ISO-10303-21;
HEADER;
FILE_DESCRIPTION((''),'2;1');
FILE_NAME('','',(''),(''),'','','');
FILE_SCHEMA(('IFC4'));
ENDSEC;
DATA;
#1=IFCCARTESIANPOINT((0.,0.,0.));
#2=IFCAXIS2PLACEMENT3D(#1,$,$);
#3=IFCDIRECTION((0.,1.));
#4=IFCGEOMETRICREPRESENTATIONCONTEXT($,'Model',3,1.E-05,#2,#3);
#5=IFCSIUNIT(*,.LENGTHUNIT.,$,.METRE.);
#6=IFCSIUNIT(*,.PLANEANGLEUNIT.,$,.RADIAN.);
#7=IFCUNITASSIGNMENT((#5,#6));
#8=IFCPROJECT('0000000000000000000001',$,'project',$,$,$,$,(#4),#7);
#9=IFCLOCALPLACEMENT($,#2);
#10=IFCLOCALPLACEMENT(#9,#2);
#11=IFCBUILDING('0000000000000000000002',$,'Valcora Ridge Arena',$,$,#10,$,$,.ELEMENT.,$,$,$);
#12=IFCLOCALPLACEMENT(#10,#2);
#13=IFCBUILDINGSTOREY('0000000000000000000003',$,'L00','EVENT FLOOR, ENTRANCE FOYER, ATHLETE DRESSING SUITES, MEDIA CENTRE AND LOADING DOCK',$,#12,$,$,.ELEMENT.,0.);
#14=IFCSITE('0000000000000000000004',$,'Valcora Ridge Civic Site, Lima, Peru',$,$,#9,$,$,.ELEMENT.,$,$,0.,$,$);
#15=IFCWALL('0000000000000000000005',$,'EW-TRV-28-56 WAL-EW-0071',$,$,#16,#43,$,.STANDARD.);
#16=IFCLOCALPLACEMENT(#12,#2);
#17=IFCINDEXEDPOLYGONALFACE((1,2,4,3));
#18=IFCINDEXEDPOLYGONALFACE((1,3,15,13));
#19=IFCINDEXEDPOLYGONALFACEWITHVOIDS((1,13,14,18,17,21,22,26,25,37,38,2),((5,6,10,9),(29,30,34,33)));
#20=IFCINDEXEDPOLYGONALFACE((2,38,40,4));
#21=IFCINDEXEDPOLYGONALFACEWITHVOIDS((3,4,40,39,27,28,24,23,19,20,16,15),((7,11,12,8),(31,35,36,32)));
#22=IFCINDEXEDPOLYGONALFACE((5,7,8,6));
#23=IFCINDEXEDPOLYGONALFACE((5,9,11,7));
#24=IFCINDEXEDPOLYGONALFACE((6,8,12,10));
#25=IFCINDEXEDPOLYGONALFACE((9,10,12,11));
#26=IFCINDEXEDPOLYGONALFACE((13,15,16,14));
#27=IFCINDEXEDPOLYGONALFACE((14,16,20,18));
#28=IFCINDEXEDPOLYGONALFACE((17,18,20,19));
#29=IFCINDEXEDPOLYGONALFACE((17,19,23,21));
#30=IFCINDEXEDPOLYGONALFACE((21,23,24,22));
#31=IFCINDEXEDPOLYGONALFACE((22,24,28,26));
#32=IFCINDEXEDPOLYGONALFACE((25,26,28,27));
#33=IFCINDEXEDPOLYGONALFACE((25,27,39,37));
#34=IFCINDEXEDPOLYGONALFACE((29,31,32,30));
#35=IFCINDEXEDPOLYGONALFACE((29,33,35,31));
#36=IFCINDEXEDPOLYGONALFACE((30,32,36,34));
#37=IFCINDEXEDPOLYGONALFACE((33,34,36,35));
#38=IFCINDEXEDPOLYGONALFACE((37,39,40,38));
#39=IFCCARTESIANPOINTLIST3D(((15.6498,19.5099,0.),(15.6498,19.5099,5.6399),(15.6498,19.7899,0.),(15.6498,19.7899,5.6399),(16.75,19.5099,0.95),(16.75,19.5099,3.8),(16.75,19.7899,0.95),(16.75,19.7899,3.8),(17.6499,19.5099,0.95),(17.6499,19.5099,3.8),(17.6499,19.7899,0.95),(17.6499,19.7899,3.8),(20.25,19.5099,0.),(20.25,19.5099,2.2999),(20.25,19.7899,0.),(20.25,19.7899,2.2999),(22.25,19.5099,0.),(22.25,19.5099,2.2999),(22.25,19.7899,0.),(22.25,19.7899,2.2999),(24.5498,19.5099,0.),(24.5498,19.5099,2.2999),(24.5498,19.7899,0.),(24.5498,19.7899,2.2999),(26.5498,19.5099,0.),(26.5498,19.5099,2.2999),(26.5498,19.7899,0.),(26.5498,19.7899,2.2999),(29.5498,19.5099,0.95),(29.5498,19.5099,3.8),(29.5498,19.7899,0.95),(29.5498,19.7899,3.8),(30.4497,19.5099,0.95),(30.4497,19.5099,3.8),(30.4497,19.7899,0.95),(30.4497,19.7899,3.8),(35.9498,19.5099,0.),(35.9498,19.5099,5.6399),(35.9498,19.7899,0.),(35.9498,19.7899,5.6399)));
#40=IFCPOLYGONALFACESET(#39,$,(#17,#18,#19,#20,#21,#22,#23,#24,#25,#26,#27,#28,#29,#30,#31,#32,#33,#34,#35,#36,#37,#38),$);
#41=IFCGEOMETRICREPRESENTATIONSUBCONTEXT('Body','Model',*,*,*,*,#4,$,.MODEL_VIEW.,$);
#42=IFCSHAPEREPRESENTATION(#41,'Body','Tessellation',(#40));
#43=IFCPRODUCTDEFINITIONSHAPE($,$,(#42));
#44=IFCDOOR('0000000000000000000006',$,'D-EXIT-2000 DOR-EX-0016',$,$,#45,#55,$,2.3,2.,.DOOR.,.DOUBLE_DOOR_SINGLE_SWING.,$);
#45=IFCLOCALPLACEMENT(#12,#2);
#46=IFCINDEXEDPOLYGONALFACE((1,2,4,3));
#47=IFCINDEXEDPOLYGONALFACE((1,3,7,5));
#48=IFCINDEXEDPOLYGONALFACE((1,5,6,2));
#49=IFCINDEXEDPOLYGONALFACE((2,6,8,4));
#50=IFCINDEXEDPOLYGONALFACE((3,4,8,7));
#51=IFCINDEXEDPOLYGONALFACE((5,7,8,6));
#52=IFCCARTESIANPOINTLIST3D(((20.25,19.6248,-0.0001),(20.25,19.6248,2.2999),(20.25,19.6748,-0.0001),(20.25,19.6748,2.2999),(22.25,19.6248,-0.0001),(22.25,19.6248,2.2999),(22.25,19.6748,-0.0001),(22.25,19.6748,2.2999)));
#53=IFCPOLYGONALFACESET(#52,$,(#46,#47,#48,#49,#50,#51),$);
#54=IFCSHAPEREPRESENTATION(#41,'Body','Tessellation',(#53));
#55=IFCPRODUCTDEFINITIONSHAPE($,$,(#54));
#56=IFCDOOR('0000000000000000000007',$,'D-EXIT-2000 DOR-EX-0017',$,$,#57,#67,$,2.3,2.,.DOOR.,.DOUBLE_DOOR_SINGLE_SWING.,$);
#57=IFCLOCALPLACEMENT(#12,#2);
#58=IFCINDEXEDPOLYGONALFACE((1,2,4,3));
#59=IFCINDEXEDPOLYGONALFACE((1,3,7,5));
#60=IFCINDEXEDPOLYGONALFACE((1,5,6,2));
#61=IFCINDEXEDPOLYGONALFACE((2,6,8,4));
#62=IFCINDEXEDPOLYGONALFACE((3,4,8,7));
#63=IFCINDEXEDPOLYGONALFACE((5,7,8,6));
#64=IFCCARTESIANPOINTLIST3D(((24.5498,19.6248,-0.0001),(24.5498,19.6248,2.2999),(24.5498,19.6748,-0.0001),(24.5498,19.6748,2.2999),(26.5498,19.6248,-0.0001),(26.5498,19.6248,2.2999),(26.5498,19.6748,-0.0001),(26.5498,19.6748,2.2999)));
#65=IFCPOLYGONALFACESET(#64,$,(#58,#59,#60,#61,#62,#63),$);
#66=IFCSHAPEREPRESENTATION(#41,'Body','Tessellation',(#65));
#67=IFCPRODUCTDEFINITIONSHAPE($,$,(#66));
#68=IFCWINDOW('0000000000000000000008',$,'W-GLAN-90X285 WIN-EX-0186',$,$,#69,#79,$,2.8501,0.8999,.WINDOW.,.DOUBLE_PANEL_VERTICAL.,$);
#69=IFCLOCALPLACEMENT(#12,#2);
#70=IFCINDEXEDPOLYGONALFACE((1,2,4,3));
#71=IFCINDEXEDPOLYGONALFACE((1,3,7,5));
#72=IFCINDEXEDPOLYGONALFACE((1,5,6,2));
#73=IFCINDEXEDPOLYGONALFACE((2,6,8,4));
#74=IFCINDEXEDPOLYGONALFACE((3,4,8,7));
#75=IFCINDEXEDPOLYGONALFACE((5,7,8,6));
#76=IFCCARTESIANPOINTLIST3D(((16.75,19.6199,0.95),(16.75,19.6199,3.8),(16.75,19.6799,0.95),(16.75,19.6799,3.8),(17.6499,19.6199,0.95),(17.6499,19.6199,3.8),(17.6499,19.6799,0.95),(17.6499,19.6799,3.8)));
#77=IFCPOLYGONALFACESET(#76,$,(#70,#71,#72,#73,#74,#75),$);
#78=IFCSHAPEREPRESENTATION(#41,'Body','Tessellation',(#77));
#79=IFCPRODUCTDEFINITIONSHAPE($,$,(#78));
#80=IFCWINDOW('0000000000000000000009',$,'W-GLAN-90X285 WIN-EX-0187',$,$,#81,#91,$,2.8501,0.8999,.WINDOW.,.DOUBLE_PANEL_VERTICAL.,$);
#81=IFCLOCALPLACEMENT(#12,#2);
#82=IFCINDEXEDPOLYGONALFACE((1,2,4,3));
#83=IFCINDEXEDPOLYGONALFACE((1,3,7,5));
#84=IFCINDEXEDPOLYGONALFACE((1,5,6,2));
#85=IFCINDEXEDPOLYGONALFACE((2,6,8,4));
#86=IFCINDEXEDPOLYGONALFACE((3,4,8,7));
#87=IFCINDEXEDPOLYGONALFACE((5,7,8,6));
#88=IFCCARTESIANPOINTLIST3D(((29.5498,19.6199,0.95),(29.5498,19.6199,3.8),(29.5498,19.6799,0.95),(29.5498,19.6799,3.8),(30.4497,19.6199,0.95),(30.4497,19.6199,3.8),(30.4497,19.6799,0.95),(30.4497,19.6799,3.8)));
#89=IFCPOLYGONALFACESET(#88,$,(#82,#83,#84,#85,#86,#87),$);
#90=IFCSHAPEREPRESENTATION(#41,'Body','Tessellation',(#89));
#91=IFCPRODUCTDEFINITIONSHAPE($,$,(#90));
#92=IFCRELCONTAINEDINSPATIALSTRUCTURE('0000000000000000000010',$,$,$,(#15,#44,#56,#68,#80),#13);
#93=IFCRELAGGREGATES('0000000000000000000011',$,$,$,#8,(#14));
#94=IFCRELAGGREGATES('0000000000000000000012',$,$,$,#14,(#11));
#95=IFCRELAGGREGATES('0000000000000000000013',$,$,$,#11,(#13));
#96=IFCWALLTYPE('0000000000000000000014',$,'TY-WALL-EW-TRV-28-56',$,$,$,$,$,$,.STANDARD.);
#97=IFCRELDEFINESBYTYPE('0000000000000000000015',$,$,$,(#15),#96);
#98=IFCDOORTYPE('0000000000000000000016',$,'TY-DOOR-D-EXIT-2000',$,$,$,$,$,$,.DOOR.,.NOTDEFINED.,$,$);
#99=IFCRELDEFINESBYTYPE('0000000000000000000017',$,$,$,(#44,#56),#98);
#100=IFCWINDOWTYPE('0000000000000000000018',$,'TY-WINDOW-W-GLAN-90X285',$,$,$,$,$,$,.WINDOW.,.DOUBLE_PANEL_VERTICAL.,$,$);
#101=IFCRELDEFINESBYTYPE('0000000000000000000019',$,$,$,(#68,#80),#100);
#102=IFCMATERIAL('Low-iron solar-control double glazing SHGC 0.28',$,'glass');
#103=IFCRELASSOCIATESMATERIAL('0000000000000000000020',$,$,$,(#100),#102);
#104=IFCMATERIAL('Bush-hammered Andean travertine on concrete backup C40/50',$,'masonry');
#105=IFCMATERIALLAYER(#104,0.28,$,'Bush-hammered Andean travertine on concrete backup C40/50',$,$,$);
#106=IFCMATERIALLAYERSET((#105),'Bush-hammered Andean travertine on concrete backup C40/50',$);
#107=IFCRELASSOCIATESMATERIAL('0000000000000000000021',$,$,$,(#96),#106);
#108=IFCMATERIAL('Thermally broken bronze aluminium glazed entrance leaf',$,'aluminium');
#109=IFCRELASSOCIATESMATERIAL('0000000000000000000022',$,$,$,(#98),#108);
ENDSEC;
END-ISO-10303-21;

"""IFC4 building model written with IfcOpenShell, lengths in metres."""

from ifc_helpers import new_model, si_unit, direction, frame, frame_2d, origin, place, context, subcontext, project, spatial, rectangle, extrude, material, layer, layer_set, type_object, element, fill, save


model = new_model("IFC4")

# Units and contexts
model_context = context("Model", 3, precision=1e-05, world=origin(), true_north=direction((0.0, 1.0)))
body_context = subcontext(model_context, "Body", "Model", "MODEL_VIEW")
ifc_project = project(units=[si_unit("LENGTHUNIT", "METRE"), si_unit("PLANEANGLEUNIT", "RADIAN")], contexts=[model_context])

# Site, building, storey
site_placement = place(None, origin())
site = spatial("IfcSite", under=ifc_project, at=site_placement, Name="Valcora Ridge Civic Site, Lima, Peru", CompositionType="ELEMENT", RefElevation=0.0)
building_placement = place(site_placement, origin())
building = spatial("IfcBuilding", under=site, at=building_placement, Name="Valcora Ridge Arena", CompositionType="ELEMENT")
storey_placement = place(building_placement, origin())
storey = spatial("IfcBuildingStorey", under=building, at=storey_placement, Name="L00", Description="EVENT FLOOR, ENTRANCE FOYER, ATHLETE DRESSING SUITES, MEDIA CENTRE AND LOADING DOCK", CompositionType="ELEMENT", Elevation=0.0)

# Shared definitions
ifc_material_1 = material(Name="Bush-hammered Andean travertine on concrete backup C40/50", Category="masonry")
ifc_material_2 = material(Name="Low-iron solar-control double glazing SHGC 0.28", Category="glass")
window_type = type_object("IfcWindowType", Name="TY-WINDOW-W-GLAN-90X285", PartitioningType="DOUBLE_PANEL_VERTICAL", PredefinedType="WINDOW", material=ifc_material_2)

# Wall, openings, doors, windows
ifc_layer_1 = layer(ifc_material_1, 0.28, Name="Bush-hammered Andean travertine on concrete backup C40/50")
ifc_layer_set_1 = layer_set([ifc_layer_1], Name="Bush-hammered Andean travertine on concrete backup C40/50")
wall_type_1 = type_object("IfcWallType", Name="TY-WALL-EW-TRV-28-56", PredefinedType="STANDARD", material=ifc_layer_set_1)
wall_1_placement = place(storey_placement, frame((15.6499, 19.6499, 0.0), z_axis=(0.0, 0.0, 1.0), x_axis=(1.0, 0.0, 0.0)))
wall_1 = element("IfcWall", 1, at=wall_1_placement, inside=storey, type_object=wall_type_1, Name="EW-TRV-28-56 WAL-EW-0071", PredefinedType="STANDARD", context=body_context, shape_type="SweptSolid", body=[
    extrude(rectangle(XDim=20.3, YDim=0.28, at=frame_2d((10.1499, 0.0))), origin(), (0.0, 0.0, 1.0), 5.6399),
])
opening_1_placement = place(wall_1_placement, frame((4.6001, 0.0, 0.0)))
opening_1 = element("IfcOpeningElement", 2, at=opening_1_placement, cuts=wall_1, PredefinedType="OPENING", context=body_context, shape_type="SweptSolid", body=[
    extrude(rectangle(XDim=2.0, YDim=2.3, at=frame_2d((1.0, 1.1499))), frame((0.0, 0.1499, 0.0), z_axis=(0.0, -1.0, 0.0), x_axis=(1.0, 0.0, 0.0)), (0.0, 0.0, 1.0), 0.3),
])
opening_2_placement = place(wall_1_placement, frame((8.8999, 0.0, 0.0)))
opening_2 = element("IfcOpeningElement", 3, at=opening_2_placement, cuts=wall_1, PredefinedType="OPENING", context=body_context, shape_type="SweptSolid", body=[
    extrude(rectangle(XDim=2.0, YDim=2.3, at=frame_2d((1.0, 1.1499))), frame((0.0, 0.1499, 0.0), z_axis=(0.0, -1.0, 0.0), x_axis=(1.0, 0.0, 0.0)), (0.0, 0.0, 1.0), 0.3),
])
opening_3_placement = place(wall_1_placement, frame((1.1001, 0.0, 0.95)))
opening_3 = element("IfcOpeningElement", 4, at=opening_3_placement, cuts=wall_1, PredefinedType="OPENING", context=body_context, shape_type="SweptSolid", body=[
    extrude(rectangle(XDim=0.8999, YDim=2.8501, at=frame_2d((0.45, 1.425))), frame((0.0, 0.1499, 0.0), z_axis=(0.0, -1.0, 0.0), x_axis=(1.0, 0.0, 0.0)), (0.0, 0.0, 1.0), 0.3),
])
opening_4_placement = place(wall_1_placement, frame((13.8999, 0.0, 0.95)))
opening_4 = element("IfcOpeningElement", 5, at=opening_4_placement, cuts=wall_1, PredefinedType="OPENING", context=body_context, shape_type="SweptSolid", body=[
    extrude(rectangle(XDim=0.8999, YDim=2.8501, at=frame_2d((0.45, 1.425))), frame((0.0, 0.1499, 0.0), z_axis=(0.0, -1.0, 0.0), x_axis=(1.0, 0.0, 0.0)), (0.0, 0.0, 1.0), 0.3),
])
ifc_material_3 = material(Name="Thermally broken bronze aluminium glazed entrance leaf", Category="aluminium")
door_type = type_object("IfcDoorType", Name="TY-DOOR-D-EXIT-2000", OperationType="NOTDEFINED", PredefinedType="DOOR", material=ifc_material_3)
door_1_placement = place(opening_1_placement, origin())
door_1 = element("IfcDoor", 6, at=door_1_placement, inside=storey, type_object=door_type, Name="D-EXIT-2000 DOR-EX-0016", OperationType="DOUBLE_DOOR_SINGLE_SWING", OverallHeight=2.3, OverallWidth=2.0, PredefinedType="DOOR", context=body_context, shape_type="SweptSolid", body=[
    extrude(rectangle(XDim=2.0, YDim=2.3, at=frame_2d((1.0, 1.1499))), frame((0.0, 0.0249, 0.0), z_axis=(0.0, -1.0, 0.0), x_axis=(1.0, 0.0, 0.0)), (0.0, 0.0, 1.0), 0.05),
])
fill(opening_1, door_1)
door_2_placement = place(opening_2_placement, origin())
door_2 = element("IfcDoor", 7, at=door_2_placement, inside=storey, type_object=door_type, Name="D-EXIT-2000 DOR-EX-0017", OperationType="DOUBLE_DOOR_SINGLE_SWING", OverallHeight=2.3, OverallWidth=2.0, PredefinedType="DOOR", context=body_context, shape_type="SweptSolid", body=[
    extrude(rectangle(XDim=2.0, YDim=2.3, at=frame_2d((1.0, 1.1499))), frame((0.0, 0.0249, 0.0), z_axis=(0.0, -1.0, 0.0), x_axis=(1.0, 0.0, 0.0)), (0.0, 0.0, 1.0), 0.05),
])
fill(opening_2, door_2)
window_1_placement = place(opening_3_placement, origin())
window_1 = element("IfcWindow", 8, at=window_1_placement, inside=storey, type_object=window_type, Name="W-GLAN-90X285 WIN-EX-0186", OverallHeight=2.8501, OverallWidth=0.8999, PartitioningType="DOUBLE_PANEL_VERTICAL", PredefinedType="WINDOW", context=body_context, shape_type="SweptSolid", body=[
    extrude(rectangle(XDim=0.8999, YDim=2.8501, at=frame_2d((0.45, 1.425))), frame((0.0, 0.03, 0.0), z_axis=(0.0, -1.0, 0.0), x_axis=(1.0, 0.0, 0.0)), (0.0, 0.0, 1.0), 0.0601),
])
fill(opening_3, window_1)
window_2_placement = place(opening_4_placement, origin())
window_2 = element("IfcWindow", 9, at=window_2_placement, inside=storey, type_object=window_type, Name="W-GLAN-90X285 WIN-EX-0187", OverallHeight=2.8501, OverallWidth=0.8999, PartitioningType="DOUBLE_PANEL_VERTICAL", PredefinedType="WINDOW", context=body_context, shape_type="SweptSolid", body=[
    extrude(rectangle(XDim=0.8999, YDim=2.8501, at=frame_2d((0.45, 1.425))), frame((0.0, 0.03, 0.0), z_axis=(0.0, -1.0, 0.0), x_axis=(1.0, 0.0, 0.0)), (0.0, 0.0, 1.0), 0.0601),
])
fill(opening_4, window_2)

save(model, "model.ifc")
